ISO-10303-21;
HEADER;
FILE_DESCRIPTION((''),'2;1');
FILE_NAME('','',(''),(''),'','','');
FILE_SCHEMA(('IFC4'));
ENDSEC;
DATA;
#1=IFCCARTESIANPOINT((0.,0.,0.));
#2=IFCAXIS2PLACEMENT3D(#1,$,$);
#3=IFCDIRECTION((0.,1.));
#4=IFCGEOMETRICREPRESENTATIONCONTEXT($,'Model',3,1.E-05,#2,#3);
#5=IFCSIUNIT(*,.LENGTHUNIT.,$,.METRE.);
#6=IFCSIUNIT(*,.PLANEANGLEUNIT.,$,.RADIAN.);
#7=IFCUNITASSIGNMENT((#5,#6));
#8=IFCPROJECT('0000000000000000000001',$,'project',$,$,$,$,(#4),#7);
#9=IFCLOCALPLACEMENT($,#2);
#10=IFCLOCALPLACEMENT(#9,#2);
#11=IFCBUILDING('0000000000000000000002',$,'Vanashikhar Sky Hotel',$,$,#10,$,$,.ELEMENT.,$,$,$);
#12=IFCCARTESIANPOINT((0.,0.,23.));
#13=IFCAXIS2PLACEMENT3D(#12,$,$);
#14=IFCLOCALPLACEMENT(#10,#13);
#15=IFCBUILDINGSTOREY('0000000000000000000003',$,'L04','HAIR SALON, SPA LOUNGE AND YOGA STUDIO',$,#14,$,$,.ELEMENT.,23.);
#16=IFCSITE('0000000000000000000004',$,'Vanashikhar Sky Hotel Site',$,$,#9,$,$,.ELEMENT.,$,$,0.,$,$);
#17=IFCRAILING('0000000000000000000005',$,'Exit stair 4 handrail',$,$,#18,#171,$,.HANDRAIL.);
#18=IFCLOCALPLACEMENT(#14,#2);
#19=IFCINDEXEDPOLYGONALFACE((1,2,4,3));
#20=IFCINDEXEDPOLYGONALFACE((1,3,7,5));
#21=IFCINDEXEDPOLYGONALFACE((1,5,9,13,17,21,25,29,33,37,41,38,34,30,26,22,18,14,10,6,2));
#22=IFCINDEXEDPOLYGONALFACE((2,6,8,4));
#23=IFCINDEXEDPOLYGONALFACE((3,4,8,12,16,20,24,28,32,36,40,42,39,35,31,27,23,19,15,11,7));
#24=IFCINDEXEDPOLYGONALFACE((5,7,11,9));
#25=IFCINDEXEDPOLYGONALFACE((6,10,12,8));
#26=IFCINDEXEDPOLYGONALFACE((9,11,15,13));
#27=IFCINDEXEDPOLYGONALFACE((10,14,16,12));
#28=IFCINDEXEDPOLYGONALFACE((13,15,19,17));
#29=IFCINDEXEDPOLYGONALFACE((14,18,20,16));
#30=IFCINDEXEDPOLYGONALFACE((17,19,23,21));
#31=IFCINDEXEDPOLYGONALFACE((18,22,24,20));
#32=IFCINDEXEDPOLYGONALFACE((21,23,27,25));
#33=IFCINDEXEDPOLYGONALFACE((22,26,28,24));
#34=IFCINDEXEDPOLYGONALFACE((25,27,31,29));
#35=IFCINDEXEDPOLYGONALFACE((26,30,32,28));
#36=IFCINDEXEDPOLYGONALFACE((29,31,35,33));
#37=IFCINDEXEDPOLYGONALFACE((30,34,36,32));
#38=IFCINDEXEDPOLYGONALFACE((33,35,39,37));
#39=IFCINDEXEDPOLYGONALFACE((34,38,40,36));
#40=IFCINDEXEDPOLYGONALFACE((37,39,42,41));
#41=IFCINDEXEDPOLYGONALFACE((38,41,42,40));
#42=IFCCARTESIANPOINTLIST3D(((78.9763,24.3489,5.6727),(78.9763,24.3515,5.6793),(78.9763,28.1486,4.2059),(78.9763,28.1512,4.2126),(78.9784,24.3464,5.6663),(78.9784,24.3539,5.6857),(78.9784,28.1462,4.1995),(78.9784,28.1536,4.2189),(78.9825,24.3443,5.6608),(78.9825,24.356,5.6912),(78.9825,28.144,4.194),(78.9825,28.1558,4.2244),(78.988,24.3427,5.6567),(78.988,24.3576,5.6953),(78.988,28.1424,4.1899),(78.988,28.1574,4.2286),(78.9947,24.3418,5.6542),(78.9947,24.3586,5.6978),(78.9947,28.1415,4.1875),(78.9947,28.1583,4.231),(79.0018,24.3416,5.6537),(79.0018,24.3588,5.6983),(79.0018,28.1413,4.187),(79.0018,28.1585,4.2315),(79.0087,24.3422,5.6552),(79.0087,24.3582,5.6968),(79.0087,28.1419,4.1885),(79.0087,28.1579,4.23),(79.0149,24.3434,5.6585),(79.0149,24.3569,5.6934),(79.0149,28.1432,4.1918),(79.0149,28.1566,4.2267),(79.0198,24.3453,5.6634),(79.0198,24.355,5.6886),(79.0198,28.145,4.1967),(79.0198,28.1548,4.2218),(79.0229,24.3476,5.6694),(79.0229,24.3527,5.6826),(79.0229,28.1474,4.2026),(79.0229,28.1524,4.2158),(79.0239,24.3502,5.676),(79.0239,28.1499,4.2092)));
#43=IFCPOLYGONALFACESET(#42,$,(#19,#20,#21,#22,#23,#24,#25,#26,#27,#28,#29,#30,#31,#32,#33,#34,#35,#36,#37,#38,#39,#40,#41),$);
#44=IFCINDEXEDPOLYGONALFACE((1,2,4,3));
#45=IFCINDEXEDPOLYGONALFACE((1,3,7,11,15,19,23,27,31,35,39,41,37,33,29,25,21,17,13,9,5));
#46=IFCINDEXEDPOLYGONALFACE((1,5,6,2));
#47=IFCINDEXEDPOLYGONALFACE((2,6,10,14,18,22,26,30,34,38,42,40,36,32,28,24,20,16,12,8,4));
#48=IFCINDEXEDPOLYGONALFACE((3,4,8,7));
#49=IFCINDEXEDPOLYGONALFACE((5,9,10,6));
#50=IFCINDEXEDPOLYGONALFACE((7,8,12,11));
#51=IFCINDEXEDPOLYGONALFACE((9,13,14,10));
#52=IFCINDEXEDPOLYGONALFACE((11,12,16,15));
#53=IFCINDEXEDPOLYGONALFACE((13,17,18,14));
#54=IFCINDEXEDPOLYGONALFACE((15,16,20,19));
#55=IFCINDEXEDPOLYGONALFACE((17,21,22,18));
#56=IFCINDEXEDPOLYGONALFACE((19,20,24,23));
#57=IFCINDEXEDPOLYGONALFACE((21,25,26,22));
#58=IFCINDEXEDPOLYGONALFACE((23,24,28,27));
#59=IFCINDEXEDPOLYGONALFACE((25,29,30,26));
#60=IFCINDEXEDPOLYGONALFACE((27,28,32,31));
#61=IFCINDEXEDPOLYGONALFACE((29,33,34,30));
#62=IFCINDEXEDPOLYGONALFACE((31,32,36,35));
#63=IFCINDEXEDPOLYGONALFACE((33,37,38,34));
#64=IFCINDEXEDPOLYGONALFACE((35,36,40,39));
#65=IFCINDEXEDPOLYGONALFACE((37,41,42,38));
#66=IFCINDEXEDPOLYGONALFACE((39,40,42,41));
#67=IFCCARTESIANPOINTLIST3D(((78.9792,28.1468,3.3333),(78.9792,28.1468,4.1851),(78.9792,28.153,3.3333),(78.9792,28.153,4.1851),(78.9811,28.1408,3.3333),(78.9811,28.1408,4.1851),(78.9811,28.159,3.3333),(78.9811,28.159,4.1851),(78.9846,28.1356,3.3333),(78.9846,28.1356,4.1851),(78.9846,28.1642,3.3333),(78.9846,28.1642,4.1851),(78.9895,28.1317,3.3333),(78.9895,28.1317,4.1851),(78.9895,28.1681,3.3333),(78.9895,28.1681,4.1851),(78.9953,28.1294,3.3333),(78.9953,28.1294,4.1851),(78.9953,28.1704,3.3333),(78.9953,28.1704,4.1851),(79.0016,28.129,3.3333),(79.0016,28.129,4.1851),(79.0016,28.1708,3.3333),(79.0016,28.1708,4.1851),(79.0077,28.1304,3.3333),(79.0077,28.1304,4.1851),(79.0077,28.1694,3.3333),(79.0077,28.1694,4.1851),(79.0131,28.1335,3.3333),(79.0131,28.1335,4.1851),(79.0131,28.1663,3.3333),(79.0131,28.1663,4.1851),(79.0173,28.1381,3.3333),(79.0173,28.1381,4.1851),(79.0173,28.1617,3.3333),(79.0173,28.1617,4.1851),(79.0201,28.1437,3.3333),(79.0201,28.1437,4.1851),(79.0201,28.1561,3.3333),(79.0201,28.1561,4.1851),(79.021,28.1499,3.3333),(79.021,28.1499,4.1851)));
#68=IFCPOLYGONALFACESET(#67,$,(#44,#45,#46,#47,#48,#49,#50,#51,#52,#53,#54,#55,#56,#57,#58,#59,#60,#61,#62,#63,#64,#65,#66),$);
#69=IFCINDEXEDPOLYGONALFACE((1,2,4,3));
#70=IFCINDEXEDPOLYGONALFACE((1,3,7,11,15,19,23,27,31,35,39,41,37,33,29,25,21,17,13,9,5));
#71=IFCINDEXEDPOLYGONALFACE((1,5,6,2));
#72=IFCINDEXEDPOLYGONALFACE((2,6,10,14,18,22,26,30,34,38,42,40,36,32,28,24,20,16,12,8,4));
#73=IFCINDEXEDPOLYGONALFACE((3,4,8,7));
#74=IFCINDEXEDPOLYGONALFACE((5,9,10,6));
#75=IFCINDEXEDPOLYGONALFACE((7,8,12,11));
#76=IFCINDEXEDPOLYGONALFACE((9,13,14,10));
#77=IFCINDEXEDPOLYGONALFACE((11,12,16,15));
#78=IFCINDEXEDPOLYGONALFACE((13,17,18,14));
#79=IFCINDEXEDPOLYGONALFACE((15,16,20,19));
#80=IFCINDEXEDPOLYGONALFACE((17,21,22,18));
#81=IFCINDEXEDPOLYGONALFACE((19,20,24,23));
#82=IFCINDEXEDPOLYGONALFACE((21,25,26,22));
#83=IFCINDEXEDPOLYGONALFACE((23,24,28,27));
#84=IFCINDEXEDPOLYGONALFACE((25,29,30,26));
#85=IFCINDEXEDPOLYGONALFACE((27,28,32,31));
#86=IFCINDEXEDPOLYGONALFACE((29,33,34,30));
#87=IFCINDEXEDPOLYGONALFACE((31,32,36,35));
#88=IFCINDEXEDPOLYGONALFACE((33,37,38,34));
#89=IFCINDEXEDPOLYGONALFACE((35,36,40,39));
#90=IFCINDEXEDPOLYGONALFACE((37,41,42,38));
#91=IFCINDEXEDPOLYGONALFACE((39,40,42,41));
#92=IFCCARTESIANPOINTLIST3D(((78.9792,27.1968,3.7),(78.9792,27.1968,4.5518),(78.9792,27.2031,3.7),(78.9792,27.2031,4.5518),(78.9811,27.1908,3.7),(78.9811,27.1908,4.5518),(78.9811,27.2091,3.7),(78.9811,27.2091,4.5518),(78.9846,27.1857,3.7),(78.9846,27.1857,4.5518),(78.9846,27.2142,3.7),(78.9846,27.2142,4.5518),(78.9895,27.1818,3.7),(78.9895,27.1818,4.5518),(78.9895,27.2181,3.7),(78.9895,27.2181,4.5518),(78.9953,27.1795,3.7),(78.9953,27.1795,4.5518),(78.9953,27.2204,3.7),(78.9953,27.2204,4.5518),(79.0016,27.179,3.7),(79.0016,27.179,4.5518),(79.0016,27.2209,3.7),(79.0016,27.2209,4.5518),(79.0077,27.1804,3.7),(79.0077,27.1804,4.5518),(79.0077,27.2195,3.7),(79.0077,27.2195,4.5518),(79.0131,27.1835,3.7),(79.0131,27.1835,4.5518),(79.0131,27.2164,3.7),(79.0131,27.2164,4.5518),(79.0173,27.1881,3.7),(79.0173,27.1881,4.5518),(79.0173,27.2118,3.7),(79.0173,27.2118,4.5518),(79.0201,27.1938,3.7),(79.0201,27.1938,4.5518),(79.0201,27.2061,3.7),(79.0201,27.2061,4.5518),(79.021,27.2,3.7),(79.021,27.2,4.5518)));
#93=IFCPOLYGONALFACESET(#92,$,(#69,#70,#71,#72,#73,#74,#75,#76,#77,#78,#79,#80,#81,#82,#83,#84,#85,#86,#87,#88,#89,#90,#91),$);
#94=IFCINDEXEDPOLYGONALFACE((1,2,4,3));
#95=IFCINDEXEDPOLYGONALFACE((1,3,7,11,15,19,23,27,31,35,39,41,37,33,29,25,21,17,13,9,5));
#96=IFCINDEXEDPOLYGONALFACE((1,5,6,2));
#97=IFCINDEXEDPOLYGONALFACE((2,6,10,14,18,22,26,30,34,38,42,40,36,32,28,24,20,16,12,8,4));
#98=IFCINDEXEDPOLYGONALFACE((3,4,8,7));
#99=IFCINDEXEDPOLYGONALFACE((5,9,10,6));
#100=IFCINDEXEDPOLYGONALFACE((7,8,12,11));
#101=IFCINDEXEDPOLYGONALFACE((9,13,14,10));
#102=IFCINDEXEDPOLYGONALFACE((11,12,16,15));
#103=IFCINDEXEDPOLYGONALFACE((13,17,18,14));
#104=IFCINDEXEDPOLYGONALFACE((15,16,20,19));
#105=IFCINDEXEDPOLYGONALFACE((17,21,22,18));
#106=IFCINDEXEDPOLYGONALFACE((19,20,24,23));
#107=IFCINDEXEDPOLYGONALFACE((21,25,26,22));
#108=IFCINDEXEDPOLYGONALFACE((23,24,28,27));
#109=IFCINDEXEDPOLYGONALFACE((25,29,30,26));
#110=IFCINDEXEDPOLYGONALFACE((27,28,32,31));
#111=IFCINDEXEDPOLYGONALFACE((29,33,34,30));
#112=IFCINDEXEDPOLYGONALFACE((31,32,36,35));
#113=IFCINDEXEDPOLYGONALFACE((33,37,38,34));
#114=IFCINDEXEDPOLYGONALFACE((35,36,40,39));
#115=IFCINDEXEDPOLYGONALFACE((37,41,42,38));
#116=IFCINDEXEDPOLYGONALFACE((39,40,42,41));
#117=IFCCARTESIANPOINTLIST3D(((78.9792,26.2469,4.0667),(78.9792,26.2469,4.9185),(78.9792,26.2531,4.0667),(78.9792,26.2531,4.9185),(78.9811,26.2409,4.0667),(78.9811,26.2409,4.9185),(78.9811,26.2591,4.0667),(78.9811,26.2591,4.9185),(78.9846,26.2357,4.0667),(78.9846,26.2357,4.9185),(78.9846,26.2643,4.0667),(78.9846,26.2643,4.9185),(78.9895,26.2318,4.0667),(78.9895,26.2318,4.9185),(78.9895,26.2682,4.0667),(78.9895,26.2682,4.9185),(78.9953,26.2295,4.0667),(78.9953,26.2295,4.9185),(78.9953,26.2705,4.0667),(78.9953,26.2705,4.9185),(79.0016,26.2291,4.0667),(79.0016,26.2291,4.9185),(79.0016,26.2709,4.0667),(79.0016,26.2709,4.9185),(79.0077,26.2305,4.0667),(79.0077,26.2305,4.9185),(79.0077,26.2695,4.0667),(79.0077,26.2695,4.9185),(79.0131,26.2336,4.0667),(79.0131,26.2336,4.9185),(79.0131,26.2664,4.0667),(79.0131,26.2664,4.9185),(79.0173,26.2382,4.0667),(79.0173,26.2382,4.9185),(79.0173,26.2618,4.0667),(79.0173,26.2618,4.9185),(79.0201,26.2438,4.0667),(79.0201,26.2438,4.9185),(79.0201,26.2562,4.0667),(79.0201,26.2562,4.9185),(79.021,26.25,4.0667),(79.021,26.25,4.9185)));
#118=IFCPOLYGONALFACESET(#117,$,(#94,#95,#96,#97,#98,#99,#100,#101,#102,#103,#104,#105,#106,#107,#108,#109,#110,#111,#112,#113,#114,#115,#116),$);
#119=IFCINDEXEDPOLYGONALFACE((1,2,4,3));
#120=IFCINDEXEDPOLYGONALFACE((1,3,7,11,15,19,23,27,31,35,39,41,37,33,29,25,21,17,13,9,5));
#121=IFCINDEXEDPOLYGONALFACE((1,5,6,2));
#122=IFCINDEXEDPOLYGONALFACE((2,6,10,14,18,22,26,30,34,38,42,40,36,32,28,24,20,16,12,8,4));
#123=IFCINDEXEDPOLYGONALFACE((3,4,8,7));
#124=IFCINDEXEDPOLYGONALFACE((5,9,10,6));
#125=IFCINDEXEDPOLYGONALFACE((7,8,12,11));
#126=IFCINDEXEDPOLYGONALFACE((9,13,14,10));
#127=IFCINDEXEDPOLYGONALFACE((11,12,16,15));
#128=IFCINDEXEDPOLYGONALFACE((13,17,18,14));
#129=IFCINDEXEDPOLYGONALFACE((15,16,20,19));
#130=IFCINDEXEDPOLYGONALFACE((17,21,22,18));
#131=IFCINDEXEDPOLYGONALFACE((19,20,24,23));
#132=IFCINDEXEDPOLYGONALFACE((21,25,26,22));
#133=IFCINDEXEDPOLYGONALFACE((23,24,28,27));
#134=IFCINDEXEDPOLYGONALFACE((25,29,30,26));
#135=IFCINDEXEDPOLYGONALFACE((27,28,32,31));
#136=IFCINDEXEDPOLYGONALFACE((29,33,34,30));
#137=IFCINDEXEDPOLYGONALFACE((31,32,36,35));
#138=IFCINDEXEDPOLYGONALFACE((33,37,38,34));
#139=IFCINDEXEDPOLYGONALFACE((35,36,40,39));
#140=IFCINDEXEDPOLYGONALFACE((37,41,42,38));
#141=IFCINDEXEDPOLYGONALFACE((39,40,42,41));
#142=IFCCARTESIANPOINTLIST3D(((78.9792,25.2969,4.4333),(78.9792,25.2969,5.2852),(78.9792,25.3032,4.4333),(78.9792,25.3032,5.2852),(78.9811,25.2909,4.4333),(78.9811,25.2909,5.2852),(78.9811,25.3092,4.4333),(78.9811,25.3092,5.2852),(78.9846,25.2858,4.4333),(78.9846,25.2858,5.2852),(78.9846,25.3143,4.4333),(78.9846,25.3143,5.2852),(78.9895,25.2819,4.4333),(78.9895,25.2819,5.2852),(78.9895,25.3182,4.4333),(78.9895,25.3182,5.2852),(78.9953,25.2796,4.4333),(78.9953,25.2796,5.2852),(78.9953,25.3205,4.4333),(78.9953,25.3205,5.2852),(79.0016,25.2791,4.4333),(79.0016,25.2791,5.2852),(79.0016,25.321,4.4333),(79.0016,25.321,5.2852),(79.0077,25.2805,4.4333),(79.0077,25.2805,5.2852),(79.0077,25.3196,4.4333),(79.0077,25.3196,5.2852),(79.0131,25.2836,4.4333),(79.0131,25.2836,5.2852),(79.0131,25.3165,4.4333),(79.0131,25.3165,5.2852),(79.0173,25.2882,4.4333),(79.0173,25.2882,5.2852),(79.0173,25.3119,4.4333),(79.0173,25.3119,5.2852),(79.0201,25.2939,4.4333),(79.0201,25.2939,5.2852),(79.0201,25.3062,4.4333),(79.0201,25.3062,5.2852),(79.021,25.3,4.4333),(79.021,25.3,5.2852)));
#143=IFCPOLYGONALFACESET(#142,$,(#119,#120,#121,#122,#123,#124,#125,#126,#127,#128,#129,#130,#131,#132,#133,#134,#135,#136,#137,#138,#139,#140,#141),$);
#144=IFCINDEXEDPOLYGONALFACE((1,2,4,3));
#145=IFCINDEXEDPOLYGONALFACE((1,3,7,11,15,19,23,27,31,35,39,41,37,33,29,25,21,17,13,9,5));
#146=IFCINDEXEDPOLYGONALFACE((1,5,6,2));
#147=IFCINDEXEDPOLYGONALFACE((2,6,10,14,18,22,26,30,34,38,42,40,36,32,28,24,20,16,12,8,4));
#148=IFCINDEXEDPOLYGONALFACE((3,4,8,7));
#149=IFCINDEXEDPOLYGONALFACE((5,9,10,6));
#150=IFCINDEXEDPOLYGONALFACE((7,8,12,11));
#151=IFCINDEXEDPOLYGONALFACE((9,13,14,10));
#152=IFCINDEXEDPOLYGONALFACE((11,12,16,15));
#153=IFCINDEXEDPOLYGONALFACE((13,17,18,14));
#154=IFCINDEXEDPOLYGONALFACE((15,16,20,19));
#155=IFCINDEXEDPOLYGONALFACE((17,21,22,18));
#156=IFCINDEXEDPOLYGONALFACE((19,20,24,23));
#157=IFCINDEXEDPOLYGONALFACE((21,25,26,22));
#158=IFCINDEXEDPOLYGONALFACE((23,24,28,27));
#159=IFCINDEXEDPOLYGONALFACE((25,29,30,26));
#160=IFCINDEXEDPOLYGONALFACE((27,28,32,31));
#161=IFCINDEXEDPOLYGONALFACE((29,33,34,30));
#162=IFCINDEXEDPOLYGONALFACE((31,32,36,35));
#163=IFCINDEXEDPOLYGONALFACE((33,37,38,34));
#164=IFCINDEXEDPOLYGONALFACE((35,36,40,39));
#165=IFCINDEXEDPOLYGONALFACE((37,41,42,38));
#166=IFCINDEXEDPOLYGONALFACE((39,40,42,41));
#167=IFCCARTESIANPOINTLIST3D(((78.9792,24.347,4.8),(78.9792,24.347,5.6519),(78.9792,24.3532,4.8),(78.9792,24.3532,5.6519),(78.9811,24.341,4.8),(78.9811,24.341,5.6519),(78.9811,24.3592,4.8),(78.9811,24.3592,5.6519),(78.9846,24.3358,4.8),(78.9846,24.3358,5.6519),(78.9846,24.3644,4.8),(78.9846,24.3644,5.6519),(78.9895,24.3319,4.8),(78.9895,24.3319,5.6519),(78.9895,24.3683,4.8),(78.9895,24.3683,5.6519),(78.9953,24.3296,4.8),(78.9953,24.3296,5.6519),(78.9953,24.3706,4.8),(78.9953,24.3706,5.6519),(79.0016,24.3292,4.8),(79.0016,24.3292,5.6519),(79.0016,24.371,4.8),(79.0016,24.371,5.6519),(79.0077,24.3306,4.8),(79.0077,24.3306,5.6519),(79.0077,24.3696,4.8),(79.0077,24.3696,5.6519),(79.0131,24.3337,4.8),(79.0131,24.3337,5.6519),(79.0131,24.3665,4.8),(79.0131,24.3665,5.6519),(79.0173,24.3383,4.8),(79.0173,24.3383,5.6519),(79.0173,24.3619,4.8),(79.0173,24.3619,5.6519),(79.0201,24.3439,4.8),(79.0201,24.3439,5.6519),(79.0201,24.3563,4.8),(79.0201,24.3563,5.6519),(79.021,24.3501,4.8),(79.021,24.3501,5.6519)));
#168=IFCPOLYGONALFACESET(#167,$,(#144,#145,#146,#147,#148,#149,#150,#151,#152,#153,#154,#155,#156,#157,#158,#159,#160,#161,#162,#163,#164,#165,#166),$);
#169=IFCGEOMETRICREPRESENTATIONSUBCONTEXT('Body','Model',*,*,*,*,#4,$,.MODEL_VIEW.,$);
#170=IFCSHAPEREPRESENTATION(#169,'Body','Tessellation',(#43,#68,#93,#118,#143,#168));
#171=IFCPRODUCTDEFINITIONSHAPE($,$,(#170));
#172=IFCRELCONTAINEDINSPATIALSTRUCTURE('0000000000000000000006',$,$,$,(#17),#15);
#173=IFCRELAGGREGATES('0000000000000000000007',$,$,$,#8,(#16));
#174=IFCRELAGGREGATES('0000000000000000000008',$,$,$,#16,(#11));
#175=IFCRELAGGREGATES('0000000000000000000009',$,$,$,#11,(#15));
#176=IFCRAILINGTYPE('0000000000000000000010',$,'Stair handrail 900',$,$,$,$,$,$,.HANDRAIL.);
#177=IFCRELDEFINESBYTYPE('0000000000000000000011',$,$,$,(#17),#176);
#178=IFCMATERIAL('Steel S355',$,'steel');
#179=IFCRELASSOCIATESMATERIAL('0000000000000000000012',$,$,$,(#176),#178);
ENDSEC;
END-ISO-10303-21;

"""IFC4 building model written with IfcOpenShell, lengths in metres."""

from ifc_helpers import new_model, si_unit, direction, frame, origin, origin_2d, place, context, subcontext, project, spatial, circle, extrude, source, transform, mapped, material, type_object, element, save


model = new_model("IFC4")

# Units and contexts
model_context = context("Model", 3, precision=1e-05, world=origin(), true_north=direction((0.0, 1.0)))
body_context = subcontext(model_context, "Body", "Model", "MODEL_VIEW")
ifc_project = project(units=[si_unit("LENGTHUNIT", "METRE"), si_unit("PLANEANGLEUNIT", "RADIAN")], contexts=[model_context])

# Site, building, storey
site_placement = place(None, origin())
site = spatial("IfcSite", under=ifc_project, at=site_placement, Name="Vanashikhar Sky Hotel Site", CompositionType="ELEMENT", RefElevation=0.0)
building_placement = place(site_placement, origin())
building = spatial("IfcBuilding", under=site, at=building_placement, Name="Vanashikhar Sky Hotel", CompositionType="ELEMENT")
storey_placement = place(building_placement, frame((0.0, 0.0, 23.0)))
storey = spatial("IfcBuildingStorey", under=building, at=storey_placement, Name="L04", Description="HAIR SALON, SPA LOUNGE AND YOGA STUDIO", CompositionType="ELEMENT", Elevation=23.0)

# Railing
ifc_material_1 = material(Name="Steel S355", Category="steel")
railing_type_1 = type_object("IfcRailingType", Name="Stair handrail 900", PredefinedType="HANDRAIL", material=ifc_material_1)
shared_shape_1 = source(origin(), body_context, "Body", "SweptSolid", [
    extrude(circle(Radius=0.0239, at=origin_2d()), frame((0.0, 0.0, 0.876), z_axis=(0.0, -0.932906, 0.36012), x_axis=(1.0, 0.0, 0.0)), (0.0, 0.0, 1.0), 4.073),
    extrude(circle(Radius=0.021, at=origin_2d()), origin(), (0.0, 0.0, 1.0), 0.8518),
    extrude(circle(Radius=0.021, at=origin_2d()), frame((0.0, -0.95, 0.3667)), (0.0, 0.0, 1.0), 0.8518),
    extrude(circle(Radius=0.021, at=origin_2d()), frame((0.0, -1.8999, 0.7334)), (0.0, 0.0, 1.0), 0.8518),
    extrude(circle(Radius=0.021, at=origin_2d()), frame((0.0, -2.8499, 1.1001)), (0.0, 0.0, 1.0), 0.8518),
    extrude(circle(Radius=0.021, at=origin_2d()), frame((0.0, -3.7998, 1.4668)), (0.0, 0.0, 1.0), 0.8518),
])
for number, where, name in (
    (1, (79.0, 28.1499, 3.3333), "Exit stair 4 handrail"),
):
    element("IfcRailing", number, at=place(storey_placement, frame(where)), inside=storey, type_object=railing_type_1, Name=name, PredefinedType="HANDRAIL", context=body_context, shape_type="MappedRepresentation", body=[
        mapped(shared_shape_1, transform((0.0, 0.0, 0.0), scale=1.0)),
    ])

save(model, "model.ifc")
